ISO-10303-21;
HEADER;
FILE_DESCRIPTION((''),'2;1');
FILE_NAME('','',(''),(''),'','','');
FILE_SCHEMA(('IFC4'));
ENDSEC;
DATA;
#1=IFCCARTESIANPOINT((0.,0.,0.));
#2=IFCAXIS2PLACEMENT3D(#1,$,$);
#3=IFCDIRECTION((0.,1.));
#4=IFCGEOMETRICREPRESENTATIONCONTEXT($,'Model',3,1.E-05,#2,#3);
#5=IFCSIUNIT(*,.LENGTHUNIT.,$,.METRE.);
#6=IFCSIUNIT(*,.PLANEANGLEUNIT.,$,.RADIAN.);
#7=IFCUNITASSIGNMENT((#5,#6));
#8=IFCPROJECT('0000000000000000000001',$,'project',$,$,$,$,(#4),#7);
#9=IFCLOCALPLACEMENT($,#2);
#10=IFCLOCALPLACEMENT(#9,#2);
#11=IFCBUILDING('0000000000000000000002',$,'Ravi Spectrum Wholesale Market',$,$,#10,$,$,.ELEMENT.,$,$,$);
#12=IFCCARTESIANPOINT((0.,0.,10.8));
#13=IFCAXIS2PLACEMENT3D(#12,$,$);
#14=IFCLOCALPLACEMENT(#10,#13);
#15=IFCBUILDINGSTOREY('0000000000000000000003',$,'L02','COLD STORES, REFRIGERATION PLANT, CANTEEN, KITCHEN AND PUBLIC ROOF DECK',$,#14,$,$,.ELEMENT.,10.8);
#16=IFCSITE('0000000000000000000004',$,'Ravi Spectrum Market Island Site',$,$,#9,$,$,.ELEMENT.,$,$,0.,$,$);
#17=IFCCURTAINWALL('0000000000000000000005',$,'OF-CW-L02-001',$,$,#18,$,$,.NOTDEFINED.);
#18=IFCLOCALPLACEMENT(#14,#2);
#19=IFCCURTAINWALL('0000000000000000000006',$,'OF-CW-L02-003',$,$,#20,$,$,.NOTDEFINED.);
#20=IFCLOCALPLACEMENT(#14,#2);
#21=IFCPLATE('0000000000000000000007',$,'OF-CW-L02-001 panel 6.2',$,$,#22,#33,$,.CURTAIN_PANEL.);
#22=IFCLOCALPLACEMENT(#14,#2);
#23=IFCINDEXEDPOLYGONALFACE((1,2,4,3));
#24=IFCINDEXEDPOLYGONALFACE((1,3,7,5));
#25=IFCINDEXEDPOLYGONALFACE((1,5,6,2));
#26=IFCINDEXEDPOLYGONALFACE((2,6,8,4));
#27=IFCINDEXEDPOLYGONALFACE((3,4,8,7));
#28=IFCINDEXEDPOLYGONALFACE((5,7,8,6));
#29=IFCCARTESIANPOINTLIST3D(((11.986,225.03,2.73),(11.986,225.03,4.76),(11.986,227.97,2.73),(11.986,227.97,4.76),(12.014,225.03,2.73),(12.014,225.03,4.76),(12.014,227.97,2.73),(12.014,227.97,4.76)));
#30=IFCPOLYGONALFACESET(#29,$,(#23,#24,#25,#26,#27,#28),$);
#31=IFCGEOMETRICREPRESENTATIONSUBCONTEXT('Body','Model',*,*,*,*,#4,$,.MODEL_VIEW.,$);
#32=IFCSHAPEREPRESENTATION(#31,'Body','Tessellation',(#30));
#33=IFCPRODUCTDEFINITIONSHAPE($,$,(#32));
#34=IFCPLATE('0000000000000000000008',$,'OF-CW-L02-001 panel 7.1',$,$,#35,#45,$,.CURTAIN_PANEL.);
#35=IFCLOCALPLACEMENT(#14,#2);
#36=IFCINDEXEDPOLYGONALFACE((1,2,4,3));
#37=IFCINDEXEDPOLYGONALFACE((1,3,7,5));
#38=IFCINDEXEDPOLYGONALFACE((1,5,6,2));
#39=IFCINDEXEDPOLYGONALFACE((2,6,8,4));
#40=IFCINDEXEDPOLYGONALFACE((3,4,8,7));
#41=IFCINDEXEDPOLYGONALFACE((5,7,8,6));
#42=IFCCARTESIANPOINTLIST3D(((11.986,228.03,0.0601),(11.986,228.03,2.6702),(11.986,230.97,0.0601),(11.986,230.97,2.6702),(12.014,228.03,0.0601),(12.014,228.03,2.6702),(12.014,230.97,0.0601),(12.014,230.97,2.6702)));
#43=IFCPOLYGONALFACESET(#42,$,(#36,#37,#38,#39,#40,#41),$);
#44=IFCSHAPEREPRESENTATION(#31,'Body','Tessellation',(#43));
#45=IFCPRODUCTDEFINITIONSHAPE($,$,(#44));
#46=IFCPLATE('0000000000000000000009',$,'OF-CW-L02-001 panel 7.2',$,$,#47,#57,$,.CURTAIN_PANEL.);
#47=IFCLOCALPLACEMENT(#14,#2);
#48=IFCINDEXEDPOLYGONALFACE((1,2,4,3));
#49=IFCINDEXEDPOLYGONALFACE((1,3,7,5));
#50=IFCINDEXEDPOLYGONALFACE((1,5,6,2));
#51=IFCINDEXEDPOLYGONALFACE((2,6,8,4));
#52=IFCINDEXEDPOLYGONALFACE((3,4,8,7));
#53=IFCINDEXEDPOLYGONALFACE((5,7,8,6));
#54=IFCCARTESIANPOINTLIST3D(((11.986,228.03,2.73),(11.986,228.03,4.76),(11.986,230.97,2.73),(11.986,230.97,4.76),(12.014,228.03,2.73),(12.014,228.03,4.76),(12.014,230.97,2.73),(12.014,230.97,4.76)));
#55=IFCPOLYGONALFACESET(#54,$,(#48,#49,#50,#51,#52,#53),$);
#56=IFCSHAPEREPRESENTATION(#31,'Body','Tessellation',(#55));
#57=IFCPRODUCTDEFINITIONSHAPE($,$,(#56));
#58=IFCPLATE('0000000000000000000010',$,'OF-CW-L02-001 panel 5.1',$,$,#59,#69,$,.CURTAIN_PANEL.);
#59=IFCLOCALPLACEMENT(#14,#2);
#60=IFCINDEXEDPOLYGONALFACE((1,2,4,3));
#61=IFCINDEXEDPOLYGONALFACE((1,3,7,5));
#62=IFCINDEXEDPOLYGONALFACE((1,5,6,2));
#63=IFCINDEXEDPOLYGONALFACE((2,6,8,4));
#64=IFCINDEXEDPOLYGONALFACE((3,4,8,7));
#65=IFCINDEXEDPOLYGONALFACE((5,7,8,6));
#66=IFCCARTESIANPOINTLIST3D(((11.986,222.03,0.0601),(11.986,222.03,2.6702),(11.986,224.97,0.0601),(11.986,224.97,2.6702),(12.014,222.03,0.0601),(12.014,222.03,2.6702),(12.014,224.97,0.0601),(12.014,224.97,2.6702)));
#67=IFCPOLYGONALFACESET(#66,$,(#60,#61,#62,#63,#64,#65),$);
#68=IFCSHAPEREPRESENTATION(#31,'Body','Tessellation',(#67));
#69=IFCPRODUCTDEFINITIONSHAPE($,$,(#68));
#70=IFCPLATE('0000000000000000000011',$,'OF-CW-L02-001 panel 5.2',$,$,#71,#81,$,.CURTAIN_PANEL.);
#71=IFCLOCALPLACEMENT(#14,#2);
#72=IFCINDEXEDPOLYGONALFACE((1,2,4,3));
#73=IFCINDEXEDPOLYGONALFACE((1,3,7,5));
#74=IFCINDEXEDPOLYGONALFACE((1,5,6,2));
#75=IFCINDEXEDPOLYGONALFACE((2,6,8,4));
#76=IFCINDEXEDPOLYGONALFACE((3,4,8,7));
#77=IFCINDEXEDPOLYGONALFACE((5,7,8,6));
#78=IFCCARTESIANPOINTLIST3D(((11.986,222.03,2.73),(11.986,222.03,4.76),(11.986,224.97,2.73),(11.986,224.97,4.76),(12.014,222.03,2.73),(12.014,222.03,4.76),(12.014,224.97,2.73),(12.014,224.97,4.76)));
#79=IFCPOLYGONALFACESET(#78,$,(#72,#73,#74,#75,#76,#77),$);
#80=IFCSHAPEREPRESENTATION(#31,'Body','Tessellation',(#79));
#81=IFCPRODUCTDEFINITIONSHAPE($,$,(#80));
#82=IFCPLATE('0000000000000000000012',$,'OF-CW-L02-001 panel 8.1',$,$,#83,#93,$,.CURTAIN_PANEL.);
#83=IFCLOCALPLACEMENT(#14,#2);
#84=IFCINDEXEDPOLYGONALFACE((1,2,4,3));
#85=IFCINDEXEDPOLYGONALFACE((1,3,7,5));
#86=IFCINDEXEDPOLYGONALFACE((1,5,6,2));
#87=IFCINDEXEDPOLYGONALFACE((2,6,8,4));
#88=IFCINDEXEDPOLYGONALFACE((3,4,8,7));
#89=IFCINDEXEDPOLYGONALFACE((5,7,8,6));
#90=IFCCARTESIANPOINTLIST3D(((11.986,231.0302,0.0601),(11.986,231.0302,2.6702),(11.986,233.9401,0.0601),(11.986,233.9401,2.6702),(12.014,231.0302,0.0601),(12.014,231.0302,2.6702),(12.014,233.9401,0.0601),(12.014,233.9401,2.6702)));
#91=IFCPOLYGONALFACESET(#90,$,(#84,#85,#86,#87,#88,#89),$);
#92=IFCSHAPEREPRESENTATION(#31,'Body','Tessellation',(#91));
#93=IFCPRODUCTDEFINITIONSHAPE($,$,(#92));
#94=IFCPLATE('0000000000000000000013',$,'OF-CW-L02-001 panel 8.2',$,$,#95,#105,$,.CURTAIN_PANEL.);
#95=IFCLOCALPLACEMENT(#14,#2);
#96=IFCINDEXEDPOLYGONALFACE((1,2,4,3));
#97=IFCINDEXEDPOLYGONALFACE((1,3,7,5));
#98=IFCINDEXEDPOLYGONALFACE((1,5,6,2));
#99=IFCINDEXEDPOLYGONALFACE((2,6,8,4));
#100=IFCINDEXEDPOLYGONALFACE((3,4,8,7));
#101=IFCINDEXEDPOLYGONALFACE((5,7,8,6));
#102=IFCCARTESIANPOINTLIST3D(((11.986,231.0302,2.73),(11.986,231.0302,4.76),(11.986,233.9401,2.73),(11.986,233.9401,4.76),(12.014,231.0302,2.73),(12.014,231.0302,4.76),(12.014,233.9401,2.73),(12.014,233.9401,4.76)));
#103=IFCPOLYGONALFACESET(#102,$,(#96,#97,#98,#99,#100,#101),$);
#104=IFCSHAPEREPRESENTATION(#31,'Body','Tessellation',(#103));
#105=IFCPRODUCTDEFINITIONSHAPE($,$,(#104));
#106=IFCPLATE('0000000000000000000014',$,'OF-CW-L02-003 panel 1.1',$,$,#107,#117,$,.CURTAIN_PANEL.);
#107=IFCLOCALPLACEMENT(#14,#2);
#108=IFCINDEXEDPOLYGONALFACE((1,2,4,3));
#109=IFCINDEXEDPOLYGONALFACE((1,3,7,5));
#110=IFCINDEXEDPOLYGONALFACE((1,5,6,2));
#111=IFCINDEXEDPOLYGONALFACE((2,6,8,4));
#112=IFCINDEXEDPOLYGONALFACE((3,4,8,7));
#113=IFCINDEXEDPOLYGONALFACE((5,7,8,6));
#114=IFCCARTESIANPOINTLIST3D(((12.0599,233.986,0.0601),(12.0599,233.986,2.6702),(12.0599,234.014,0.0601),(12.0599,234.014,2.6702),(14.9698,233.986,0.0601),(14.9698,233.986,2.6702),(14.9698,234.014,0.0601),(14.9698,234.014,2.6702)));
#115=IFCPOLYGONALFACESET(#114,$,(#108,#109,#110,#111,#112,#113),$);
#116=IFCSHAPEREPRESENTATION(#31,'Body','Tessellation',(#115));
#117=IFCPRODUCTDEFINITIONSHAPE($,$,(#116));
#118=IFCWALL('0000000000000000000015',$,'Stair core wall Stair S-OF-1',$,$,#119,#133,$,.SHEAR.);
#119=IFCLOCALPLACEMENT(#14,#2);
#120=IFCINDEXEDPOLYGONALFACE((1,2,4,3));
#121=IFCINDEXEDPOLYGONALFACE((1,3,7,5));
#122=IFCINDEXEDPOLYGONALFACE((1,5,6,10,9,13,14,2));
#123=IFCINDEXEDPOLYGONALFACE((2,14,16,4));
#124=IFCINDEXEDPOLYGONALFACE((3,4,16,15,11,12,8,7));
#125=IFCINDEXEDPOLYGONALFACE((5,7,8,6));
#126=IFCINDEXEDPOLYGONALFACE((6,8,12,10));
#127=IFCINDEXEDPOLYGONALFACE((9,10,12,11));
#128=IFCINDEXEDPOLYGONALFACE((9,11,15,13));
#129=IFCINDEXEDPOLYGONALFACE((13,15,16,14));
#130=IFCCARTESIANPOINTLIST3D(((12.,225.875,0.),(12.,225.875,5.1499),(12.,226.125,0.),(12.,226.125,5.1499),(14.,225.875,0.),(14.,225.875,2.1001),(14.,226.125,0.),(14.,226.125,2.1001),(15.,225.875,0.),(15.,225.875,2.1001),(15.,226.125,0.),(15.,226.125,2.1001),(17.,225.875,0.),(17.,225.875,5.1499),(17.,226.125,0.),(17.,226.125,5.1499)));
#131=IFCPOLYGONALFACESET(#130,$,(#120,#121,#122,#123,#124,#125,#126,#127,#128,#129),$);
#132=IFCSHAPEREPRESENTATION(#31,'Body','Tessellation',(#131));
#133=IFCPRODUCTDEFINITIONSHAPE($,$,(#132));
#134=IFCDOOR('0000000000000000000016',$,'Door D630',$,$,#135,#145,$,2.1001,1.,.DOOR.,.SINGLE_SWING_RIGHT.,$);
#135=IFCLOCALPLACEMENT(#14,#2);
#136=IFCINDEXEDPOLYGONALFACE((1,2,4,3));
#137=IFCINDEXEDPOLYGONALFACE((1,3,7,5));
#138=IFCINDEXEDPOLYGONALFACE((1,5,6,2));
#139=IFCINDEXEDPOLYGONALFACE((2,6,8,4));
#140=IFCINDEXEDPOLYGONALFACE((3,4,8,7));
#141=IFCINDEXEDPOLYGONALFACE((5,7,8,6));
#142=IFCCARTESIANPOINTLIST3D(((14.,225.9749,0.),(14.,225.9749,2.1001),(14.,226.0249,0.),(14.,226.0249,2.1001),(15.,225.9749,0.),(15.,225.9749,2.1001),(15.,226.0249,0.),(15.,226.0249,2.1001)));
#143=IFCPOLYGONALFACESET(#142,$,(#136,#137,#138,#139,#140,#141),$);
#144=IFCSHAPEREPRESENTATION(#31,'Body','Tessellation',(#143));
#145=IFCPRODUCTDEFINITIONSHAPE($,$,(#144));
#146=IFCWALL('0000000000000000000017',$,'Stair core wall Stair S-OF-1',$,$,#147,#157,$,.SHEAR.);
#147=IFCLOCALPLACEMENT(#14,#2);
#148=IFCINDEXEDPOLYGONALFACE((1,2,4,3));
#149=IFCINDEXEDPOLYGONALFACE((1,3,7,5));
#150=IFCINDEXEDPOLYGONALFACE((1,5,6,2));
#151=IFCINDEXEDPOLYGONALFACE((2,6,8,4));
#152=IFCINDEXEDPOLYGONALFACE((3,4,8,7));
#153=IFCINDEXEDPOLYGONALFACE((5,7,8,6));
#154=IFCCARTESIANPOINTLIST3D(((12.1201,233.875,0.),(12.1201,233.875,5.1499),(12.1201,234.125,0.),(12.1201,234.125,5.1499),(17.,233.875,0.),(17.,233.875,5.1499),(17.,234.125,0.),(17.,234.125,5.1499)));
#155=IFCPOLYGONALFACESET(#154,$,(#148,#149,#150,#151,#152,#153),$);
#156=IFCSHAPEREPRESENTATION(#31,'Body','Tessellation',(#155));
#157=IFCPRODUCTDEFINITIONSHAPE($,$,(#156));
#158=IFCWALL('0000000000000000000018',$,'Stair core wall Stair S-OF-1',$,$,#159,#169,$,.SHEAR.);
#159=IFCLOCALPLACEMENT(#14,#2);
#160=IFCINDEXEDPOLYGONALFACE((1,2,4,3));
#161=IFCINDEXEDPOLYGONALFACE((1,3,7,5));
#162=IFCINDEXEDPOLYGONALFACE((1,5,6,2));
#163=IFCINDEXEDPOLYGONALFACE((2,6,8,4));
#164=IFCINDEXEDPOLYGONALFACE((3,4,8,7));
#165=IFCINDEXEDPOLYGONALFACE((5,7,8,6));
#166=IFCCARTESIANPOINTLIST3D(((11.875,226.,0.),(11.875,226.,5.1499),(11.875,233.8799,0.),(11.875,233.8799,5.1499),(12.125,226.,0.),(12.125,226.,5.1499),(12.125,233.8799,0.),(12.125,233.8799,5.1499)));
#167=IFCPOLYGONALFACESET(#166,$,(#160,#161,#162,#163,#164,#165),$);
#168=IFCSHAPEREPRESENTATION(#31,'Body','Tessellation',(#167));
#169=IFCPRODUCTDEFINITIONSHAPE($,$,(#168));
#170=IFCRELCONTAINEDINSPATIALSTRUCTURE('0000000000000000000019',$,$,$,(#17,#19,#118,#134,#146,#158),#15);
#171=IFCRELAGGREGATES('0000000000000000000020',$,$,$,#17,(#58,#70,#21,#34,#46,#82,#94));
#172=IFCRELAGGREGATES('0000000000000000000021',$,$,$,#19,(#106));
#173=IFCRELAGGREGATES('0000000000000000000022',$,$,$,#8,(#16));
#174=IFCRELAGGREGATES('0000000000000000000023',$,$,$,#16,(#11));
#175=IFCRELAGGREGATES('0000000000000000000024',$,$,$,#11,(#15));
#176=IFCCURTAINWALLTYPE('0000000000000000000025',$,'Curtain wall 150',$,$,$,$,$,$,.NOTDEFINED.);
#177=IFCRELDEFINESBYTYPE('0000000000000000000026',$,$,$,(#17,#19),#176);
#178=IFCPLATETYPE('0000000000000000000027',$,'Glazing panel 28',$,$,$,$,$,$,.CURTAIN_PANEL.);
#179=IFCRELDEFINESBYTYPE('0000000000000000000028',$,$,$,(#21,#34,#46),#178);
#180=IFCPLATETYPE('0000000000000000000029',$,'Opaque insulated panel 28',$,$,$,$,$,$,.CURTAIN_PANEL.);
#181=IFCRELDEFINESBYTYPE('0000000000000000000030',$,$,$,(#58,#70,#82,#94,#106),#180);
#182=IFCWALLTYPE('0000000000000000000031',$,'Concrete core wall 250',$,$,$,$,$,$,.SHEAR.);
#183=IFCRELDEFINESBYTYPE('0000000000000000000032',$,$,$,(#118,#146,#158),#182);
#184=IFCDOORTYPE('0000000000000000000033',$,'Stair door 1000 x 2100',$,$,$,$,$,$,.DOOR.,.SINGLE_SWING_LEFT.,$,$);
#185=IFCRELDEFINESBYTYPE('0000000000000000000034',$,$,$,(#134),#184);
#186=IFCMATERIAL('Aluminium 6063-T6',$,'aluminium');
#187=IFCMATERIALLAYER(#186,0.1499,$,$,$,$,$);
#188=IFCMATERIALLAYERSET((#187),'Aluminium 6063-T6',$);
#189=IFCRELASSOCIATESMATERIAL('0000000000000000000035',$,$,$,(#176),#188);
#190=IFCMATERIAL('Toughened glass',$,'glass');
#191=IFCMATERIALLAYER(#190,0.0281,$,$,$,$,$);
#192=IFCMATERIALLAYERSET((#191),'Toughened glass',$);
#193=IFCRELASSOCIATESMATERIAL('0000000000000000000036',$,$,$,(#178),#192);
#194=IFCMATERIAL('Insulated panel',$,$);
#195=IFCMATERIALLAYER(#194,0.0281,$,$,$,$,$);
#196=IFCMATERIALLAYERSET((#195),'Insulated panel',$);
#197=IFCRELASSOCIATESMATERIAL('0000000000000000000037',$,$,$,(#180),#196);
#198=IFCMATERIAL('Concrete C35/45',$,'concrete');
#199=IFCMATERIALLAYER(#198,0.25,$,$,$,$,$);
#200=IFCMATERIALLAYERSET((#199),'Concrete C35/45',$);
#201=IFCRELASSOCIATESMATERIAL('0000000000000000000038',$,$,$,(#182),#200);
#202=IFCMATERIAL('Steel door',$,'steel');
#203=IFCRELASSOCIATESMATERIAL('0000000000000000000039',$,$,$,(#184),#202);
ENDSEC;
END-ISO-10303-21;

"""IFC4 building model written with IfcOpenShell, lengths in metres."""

from ifc_helpers import new_model, si_unit, direction, frame, frame_2d, origin, origin_2d, place, context, subcontext, project, spatial, rectangle, extrude, material, layer, layer_set, type_object, element, fill, aggregate, save


model = new_model("IFC4")

# Units and contexts
model_context = context("Model", 3, precision=1e-05, world=origin(), true_north=direction((0.0, 1.0)))
body_context = subcontext(model_context, "Body", "Model", "MODEL_VIEW")
ifc_project = project(units=[si_unit("LENGTHUNIT", "METRE"), si_unit("PLANEANGLEUNIT", "RADIAN")], contexts=[model_context])

# Site, building, storey
site_placement = place(None, origin())
site = spatial("IfcSite", under=ifc_project, at=site_placement, Name="Ravi Spectrum Market Island Site", CompositionType="ELEMENT", RefElevation=0.0)
building_placement = place(site_placement, origin())
building = spatial("IfcBuilding", under=site, at=building_placement, Name="Ravi Spectrum Wholesale Market", CompositionType="ELEMENT")
storey_placement = place(building_placement, frame((0.0, 0.0, 10.8)))
storey = spatial("IfcBuildingStorey", under=building, at=storey_placement, Name="L02", Description="COLD STORES, REFRIGERATION PLANT, CANTEEN, KITCHEN AND PUBLIC ROOF DECK", CompositionType="ELEMENT", Elevation=10.8)

# Curtain wall
ifc_material_1 = material(Name="Aluminium 6063-T6", Category="aluminium")
ifc_layer_1 = layer(ifc_material_1, 0.1499)
ifc_layer_set_1 = layer_set([ifc_layer_1], Name="Aluminium 6063-T6")
curtain_wall_type = type_object("IfcCurtainWallType", Name="Curtain wall 150", PredefinedType="NOTDEFINED", material=ifc_layer_set_1)
curtain_wall_1_placement = place(storey_placement, origin())
curtain_wall_1 = element("IfcCurtainWall", 1, at=curtain_wall_1_placement, inside=storey, type_object=curtain_wall_type, Name="OF-CW-L02-001", PredefinedType="NOTDEFINED")

# Curtain wall
curtain_wall_2_placement = place(storey_placement, origin())
curtain_wall_2 = element("IfcCurtainWall", 2, at=curtain_wall_2_placement, inside=storey, type_object=curtain_wall_type, Name="OF-CW-L02-003", PredefinedType="NOTDEFINED")

# Plates
ifc_material_2 = material(Name="Toughened glass", Category="glass")
ifc_layer_2 = layer(ifc_material_2, 0.0281)
ifc_layer_set_2 = layer_set([ifc_layer_2], Name="Toughened glass")
plate_type_1 = type_object("IfcPlateType", Name="Glazing panel 28", PredefinedType="CURTAIN_PANEL", material=ifc_layer_set_2)
plate_1_placement = place(storey_placement, frame((12.0, 226.5, 2.73), z_axis=(0.0, 0.0, 1.0), x_axis=(0.0, 1.0, 0.0)))
plate_1 = element("IfcPlate", 3, at=plate_1_placement, type_object=plate_type_1, Name="OF-CW-L02-001 panel 6.2", PredefinedType="CURTAIN_PANEL", context=body_context, shape_type="SweptSolid", body=[
    extrude(rectangle(XDim=2.9399, YDim=0.0281, at=origin_2d()), origin(), (0.0, 0.0, 1.0), 2.03),
])
plate_2_placement = place(storey_placement, frame((12.0, 229.5, 0.0601), z_axis=(0.0, 0.0, 1.0), x_axis=(0.0, 1.0, 0.0)))
plate_2 = element("IfcPlate", 4, at=plate_2_placement, type_object=plate_type_1, Name="OF-CW-L02-001 panel 7.1", PredefinedType="CURTAIN_PANEL", context=body_context, shape_type="SweptSolid", body=[
    extrude(rectangle(XDim=2.9399, YDim=0.0281, at=origin_2d()), origin(), (0.0, 0.0, 1.0), 2.6101),
])
plate_3_placement = place(storey_placement, frame((12.0, 229.5, 2.73), z_axis=(0.0, 0.0, 1.0), x_axis=(0.0, 1.0, 0.0)))
plate_3 = element("IfcPlate", 5, at=plate_3_placement, type_object=plate_type_1, Name="OF-CW-L02-001 panel 7.2", PredefinedType="CURTAIN_PANEL", context=body_context, shape_type="SweptSolid", body=[
    extrude(rectangle(XDim=2.9399, YDim=0.0281, at=origin_2d()), origin(), (0.0, 0.0, 1.0), 2.03),
])
ifc_material_3 = material(Name="Insulated panel")
ifc_layer_3 = layer(ifc_material_3, 0.0281)
ifc_layer_set_3 = layer_set([ifc_layer_3], Name="Insulated panel")
plate_type_2 = type_object("IfcPlateType", Name="Opaque insulated panel 28", PredefinedType="CURTAIN_PANEL", material=ifc_layer_set_3)
plate_4_placement = place(storey_placement, frame((12.0, 223.5, 0.0601), z_axis=(0.0, 0.0, 1.0), x_axis=(0.0, 1.0, 0.0)))
plate_4 = element("IfcPlate", 6, at=plate_4_placement, type_object=plate_type_2, Name="OF-CW-L02-001 panel 5.1", PredefinedType="CURTAIN_PANEL", context=body_context, shape_type="SweptSolid", body=[
    extrude(rectangle(XDim=2.9399, YDim=0.0281, at=origin_2d()), origin(), (0.0, 0.0, 1.0), 2.6101),
])
plate_5_placement = place(storey_placement, frame((12.0, 223.5, 2.73), z_axis=(0.0, 0.0, 1.0), x_axis=(0.0, 1.0, 0.0)))
plate_5 = element("IfcPlate", 7, at=plate_5_placement, type_object=plate_type_2, Name="OF-CW-L02-001 panel 5.2", PredefinedType="CURTAIN_PANEL", context=body_context, shape_type="SweptSolid", body=[
    extrude(rectangle(XDim=2.9399, YDim=0.0281, at=origin_2d()), origin(), (0.0, 0.0, 1.0), 2.03),
])
plate_6_placement = place(storey_placement, frame((12.0, 232.4851, 0.0601), z_axis=(0.0, 0.0, 1.0), x_axis=(0.0, 1.0, 0.0)))
plate_6 = element("IfcPlate", 8, at=plate_6_placement, type_object=plate_type_2, Name="OF-CW-L02-001 panel 8.1", PredefinedType="CURTAIN_PANEL", context=body_context, shape_type="SweptSolid", body=[
    extrude(rectangle(XDim=2.9099, YDim=0.0281, at=origin_2d()), origin(), (0.0, 0.0, 1.0), 2.6101),
])
plate_7_placement = place(storey_placement, frame((12.0, 232.4851, 2.73), z_axis=(0.0, 0.0, 1.0), x_axis=(0.0, 1.0, 0.0)))
plate_7 = element("IfcPlate", 9, at=plate_7_placement, type_object=plate_type_2, Name="OF-CW-L02-001 panel 8.2", PredefinedType="CURTAIN_PANEL", context=body_context, shape_type="SweptSolid", body=[
    extrude(rectangle(XDim=2.9099, YDim=0.0281, at=origin_2d()), origin(), (0.0, 0.0, 1.0), 2.03),
])
aggregate(curtain_wall_1, [plate_4, plate_5, plate_1, plate_2, plate_3, plate_6, plate_7])
plate_8_placement = place(storey_placement, frame((13.5149, 234.0, 0.0601), z_axis=(0.0, 0.0, 1.0), x_axis=(1.0, 0.0, 0.0)))
plate_8 = element("IfcPlate", 10, at=plate_8_placement, type_object=plate_type_2, Name="OF-CW-L02-003 panel 1.1", PredefinedType="CURTAIN_PANEL", context=body_context, shape_type="SweptSolid", body=[
    extrude(rectangle(XDim=2.9099, YDim=0.0281, at=origin_2d()), origin(), (0.0, 0.0, 1.0), 2.6101),
])
aggregate(curtain_wall_2, [plate_8])

# Wall, opening, door
ifc_material_4 = material(Name="Concrete C35/45", Category="concrete")
ifc_layer_4 = layer(ifc_material_4, 0.25)
ifc_layer_set_4 = layer_set([ifc_layer_4], Name="Concrete C35/45")
wall_type = type_object("IfcWallType", Name="Concrete core wall 250", PredefinedType="SHEAR", material=ifc_layer_set_4)
wall_1_placement = place(storey_placement, frame((12.0, 226.0, 0.0), z_axis=(0.0, 0.0, 1.0), x_axis=(1.0, 0.0, 0.0)))
wall_1 = element("IfcWall", 11, at=wall_1_placement, inside=storey, type_object=wall_type, Name="Stair core wall Stair S-OF-1", PredefinedType="SHEAR", context=body_context, shape_type="SweptSolid", body=[
    extrude(rectangle(XDim=5.0, YDim=0.25, at=frame_2d((2.5, 0.0))), origin(), (0.0, 0.0, 1.0), 5.1499),
])
opening_placement = place(wall_1_placement, frame((2.0, 0.0, 0.0)))
opening = element("IfcOpeningElement", 12, at=opening_placement, cuts=wall_1, PredefinedType="OPENING", context=body_context, shape_type="SweptSolid", body=[
    extrude(rectangle(XDim=1.0, YDim=2.1001, at=frame_2d((0.5, 1.05))), frame((0.0, 0.135, 0.0), z_axis=(0.0, -1.0, 0.0), x_axis=(1.0, 0.0, 0.0)), (0.0, 0.0, 1.0), 0.27),
])
ifc_material_5 = material(Name="Steel door", Category="steel")
door_type = type_object("IfcDoorType", Name="Stair door 1000 x 2100", OperationType="SINGLE_SWING_LEFT", PredefinedType="DOOR", material=ifc_material_5)
door_placement = place(opening_placement, origin())
door = element("IfcDoor", 13, at=door_placement, inside=storey, type_object=door_type, Name="Door D630", OperationType="SINGLE_SWING_RIGHT", OverallHeight=2.1001, OverallWidth=1.0, PredefinedType="DOOR", context=body_context, shape_type="SweptSolid", body=[
    extrude(rectangle(XDim=1.0, YDim=2.1001, at=frame_2d((0.5, 1.05))), frame((0.0, 0.0249, 0.0), z_axis=(0.0, -1.0, 0.0), x_axis=(1.0, 0.0, 0.0)), (0.0, 0.0, 1.0), 0.05),
])
fill(opening, door)

# Walls
wall_2_placement = place(storey_placement, frame((12.1201, 234.0, 0.0), z_axis=(0.0, 0.0, 1.0), x_axis=(1.0, 0.0, 0.0)))
element("IfcWall", 14, at=wall_2_placement, inside=storey, type_object=wall_type, Name="Stair core wall Stair S-OF-1", PredefinedType="SHEAR", context=body_context, shape_type="SweptSolid", body=[
    extrude(rectangle(XDim=4.8799, YDim=0.25, at=frame_2d((2.4399, 0.0))), origin(), (0.0, 0.0, 1.0), 5.1499),
])
wall_3_placement = place(storey_placement, frame((12.0, 226.0, 0.0), z_axis=(0.0, 0.0, 1.0), x_axis=(0.0, 1.0, 0.0)))
element("IfcWall", 15, at=wall_3_placement, inside=storey, type_object=wall_type, Name="Stair core wall Stair S-OF-1", PredefinedType="SHEAR", context=body_context, shape_type="SweptSolid", body=[
    extrude(rectangle(XDim=7.8799, YDim=0.25, at=frame_2d((3.9399, 0.0))), origin(), (0.0, 0.0, 1.0), 5.1499),
])

save(model, "model.ifc")
